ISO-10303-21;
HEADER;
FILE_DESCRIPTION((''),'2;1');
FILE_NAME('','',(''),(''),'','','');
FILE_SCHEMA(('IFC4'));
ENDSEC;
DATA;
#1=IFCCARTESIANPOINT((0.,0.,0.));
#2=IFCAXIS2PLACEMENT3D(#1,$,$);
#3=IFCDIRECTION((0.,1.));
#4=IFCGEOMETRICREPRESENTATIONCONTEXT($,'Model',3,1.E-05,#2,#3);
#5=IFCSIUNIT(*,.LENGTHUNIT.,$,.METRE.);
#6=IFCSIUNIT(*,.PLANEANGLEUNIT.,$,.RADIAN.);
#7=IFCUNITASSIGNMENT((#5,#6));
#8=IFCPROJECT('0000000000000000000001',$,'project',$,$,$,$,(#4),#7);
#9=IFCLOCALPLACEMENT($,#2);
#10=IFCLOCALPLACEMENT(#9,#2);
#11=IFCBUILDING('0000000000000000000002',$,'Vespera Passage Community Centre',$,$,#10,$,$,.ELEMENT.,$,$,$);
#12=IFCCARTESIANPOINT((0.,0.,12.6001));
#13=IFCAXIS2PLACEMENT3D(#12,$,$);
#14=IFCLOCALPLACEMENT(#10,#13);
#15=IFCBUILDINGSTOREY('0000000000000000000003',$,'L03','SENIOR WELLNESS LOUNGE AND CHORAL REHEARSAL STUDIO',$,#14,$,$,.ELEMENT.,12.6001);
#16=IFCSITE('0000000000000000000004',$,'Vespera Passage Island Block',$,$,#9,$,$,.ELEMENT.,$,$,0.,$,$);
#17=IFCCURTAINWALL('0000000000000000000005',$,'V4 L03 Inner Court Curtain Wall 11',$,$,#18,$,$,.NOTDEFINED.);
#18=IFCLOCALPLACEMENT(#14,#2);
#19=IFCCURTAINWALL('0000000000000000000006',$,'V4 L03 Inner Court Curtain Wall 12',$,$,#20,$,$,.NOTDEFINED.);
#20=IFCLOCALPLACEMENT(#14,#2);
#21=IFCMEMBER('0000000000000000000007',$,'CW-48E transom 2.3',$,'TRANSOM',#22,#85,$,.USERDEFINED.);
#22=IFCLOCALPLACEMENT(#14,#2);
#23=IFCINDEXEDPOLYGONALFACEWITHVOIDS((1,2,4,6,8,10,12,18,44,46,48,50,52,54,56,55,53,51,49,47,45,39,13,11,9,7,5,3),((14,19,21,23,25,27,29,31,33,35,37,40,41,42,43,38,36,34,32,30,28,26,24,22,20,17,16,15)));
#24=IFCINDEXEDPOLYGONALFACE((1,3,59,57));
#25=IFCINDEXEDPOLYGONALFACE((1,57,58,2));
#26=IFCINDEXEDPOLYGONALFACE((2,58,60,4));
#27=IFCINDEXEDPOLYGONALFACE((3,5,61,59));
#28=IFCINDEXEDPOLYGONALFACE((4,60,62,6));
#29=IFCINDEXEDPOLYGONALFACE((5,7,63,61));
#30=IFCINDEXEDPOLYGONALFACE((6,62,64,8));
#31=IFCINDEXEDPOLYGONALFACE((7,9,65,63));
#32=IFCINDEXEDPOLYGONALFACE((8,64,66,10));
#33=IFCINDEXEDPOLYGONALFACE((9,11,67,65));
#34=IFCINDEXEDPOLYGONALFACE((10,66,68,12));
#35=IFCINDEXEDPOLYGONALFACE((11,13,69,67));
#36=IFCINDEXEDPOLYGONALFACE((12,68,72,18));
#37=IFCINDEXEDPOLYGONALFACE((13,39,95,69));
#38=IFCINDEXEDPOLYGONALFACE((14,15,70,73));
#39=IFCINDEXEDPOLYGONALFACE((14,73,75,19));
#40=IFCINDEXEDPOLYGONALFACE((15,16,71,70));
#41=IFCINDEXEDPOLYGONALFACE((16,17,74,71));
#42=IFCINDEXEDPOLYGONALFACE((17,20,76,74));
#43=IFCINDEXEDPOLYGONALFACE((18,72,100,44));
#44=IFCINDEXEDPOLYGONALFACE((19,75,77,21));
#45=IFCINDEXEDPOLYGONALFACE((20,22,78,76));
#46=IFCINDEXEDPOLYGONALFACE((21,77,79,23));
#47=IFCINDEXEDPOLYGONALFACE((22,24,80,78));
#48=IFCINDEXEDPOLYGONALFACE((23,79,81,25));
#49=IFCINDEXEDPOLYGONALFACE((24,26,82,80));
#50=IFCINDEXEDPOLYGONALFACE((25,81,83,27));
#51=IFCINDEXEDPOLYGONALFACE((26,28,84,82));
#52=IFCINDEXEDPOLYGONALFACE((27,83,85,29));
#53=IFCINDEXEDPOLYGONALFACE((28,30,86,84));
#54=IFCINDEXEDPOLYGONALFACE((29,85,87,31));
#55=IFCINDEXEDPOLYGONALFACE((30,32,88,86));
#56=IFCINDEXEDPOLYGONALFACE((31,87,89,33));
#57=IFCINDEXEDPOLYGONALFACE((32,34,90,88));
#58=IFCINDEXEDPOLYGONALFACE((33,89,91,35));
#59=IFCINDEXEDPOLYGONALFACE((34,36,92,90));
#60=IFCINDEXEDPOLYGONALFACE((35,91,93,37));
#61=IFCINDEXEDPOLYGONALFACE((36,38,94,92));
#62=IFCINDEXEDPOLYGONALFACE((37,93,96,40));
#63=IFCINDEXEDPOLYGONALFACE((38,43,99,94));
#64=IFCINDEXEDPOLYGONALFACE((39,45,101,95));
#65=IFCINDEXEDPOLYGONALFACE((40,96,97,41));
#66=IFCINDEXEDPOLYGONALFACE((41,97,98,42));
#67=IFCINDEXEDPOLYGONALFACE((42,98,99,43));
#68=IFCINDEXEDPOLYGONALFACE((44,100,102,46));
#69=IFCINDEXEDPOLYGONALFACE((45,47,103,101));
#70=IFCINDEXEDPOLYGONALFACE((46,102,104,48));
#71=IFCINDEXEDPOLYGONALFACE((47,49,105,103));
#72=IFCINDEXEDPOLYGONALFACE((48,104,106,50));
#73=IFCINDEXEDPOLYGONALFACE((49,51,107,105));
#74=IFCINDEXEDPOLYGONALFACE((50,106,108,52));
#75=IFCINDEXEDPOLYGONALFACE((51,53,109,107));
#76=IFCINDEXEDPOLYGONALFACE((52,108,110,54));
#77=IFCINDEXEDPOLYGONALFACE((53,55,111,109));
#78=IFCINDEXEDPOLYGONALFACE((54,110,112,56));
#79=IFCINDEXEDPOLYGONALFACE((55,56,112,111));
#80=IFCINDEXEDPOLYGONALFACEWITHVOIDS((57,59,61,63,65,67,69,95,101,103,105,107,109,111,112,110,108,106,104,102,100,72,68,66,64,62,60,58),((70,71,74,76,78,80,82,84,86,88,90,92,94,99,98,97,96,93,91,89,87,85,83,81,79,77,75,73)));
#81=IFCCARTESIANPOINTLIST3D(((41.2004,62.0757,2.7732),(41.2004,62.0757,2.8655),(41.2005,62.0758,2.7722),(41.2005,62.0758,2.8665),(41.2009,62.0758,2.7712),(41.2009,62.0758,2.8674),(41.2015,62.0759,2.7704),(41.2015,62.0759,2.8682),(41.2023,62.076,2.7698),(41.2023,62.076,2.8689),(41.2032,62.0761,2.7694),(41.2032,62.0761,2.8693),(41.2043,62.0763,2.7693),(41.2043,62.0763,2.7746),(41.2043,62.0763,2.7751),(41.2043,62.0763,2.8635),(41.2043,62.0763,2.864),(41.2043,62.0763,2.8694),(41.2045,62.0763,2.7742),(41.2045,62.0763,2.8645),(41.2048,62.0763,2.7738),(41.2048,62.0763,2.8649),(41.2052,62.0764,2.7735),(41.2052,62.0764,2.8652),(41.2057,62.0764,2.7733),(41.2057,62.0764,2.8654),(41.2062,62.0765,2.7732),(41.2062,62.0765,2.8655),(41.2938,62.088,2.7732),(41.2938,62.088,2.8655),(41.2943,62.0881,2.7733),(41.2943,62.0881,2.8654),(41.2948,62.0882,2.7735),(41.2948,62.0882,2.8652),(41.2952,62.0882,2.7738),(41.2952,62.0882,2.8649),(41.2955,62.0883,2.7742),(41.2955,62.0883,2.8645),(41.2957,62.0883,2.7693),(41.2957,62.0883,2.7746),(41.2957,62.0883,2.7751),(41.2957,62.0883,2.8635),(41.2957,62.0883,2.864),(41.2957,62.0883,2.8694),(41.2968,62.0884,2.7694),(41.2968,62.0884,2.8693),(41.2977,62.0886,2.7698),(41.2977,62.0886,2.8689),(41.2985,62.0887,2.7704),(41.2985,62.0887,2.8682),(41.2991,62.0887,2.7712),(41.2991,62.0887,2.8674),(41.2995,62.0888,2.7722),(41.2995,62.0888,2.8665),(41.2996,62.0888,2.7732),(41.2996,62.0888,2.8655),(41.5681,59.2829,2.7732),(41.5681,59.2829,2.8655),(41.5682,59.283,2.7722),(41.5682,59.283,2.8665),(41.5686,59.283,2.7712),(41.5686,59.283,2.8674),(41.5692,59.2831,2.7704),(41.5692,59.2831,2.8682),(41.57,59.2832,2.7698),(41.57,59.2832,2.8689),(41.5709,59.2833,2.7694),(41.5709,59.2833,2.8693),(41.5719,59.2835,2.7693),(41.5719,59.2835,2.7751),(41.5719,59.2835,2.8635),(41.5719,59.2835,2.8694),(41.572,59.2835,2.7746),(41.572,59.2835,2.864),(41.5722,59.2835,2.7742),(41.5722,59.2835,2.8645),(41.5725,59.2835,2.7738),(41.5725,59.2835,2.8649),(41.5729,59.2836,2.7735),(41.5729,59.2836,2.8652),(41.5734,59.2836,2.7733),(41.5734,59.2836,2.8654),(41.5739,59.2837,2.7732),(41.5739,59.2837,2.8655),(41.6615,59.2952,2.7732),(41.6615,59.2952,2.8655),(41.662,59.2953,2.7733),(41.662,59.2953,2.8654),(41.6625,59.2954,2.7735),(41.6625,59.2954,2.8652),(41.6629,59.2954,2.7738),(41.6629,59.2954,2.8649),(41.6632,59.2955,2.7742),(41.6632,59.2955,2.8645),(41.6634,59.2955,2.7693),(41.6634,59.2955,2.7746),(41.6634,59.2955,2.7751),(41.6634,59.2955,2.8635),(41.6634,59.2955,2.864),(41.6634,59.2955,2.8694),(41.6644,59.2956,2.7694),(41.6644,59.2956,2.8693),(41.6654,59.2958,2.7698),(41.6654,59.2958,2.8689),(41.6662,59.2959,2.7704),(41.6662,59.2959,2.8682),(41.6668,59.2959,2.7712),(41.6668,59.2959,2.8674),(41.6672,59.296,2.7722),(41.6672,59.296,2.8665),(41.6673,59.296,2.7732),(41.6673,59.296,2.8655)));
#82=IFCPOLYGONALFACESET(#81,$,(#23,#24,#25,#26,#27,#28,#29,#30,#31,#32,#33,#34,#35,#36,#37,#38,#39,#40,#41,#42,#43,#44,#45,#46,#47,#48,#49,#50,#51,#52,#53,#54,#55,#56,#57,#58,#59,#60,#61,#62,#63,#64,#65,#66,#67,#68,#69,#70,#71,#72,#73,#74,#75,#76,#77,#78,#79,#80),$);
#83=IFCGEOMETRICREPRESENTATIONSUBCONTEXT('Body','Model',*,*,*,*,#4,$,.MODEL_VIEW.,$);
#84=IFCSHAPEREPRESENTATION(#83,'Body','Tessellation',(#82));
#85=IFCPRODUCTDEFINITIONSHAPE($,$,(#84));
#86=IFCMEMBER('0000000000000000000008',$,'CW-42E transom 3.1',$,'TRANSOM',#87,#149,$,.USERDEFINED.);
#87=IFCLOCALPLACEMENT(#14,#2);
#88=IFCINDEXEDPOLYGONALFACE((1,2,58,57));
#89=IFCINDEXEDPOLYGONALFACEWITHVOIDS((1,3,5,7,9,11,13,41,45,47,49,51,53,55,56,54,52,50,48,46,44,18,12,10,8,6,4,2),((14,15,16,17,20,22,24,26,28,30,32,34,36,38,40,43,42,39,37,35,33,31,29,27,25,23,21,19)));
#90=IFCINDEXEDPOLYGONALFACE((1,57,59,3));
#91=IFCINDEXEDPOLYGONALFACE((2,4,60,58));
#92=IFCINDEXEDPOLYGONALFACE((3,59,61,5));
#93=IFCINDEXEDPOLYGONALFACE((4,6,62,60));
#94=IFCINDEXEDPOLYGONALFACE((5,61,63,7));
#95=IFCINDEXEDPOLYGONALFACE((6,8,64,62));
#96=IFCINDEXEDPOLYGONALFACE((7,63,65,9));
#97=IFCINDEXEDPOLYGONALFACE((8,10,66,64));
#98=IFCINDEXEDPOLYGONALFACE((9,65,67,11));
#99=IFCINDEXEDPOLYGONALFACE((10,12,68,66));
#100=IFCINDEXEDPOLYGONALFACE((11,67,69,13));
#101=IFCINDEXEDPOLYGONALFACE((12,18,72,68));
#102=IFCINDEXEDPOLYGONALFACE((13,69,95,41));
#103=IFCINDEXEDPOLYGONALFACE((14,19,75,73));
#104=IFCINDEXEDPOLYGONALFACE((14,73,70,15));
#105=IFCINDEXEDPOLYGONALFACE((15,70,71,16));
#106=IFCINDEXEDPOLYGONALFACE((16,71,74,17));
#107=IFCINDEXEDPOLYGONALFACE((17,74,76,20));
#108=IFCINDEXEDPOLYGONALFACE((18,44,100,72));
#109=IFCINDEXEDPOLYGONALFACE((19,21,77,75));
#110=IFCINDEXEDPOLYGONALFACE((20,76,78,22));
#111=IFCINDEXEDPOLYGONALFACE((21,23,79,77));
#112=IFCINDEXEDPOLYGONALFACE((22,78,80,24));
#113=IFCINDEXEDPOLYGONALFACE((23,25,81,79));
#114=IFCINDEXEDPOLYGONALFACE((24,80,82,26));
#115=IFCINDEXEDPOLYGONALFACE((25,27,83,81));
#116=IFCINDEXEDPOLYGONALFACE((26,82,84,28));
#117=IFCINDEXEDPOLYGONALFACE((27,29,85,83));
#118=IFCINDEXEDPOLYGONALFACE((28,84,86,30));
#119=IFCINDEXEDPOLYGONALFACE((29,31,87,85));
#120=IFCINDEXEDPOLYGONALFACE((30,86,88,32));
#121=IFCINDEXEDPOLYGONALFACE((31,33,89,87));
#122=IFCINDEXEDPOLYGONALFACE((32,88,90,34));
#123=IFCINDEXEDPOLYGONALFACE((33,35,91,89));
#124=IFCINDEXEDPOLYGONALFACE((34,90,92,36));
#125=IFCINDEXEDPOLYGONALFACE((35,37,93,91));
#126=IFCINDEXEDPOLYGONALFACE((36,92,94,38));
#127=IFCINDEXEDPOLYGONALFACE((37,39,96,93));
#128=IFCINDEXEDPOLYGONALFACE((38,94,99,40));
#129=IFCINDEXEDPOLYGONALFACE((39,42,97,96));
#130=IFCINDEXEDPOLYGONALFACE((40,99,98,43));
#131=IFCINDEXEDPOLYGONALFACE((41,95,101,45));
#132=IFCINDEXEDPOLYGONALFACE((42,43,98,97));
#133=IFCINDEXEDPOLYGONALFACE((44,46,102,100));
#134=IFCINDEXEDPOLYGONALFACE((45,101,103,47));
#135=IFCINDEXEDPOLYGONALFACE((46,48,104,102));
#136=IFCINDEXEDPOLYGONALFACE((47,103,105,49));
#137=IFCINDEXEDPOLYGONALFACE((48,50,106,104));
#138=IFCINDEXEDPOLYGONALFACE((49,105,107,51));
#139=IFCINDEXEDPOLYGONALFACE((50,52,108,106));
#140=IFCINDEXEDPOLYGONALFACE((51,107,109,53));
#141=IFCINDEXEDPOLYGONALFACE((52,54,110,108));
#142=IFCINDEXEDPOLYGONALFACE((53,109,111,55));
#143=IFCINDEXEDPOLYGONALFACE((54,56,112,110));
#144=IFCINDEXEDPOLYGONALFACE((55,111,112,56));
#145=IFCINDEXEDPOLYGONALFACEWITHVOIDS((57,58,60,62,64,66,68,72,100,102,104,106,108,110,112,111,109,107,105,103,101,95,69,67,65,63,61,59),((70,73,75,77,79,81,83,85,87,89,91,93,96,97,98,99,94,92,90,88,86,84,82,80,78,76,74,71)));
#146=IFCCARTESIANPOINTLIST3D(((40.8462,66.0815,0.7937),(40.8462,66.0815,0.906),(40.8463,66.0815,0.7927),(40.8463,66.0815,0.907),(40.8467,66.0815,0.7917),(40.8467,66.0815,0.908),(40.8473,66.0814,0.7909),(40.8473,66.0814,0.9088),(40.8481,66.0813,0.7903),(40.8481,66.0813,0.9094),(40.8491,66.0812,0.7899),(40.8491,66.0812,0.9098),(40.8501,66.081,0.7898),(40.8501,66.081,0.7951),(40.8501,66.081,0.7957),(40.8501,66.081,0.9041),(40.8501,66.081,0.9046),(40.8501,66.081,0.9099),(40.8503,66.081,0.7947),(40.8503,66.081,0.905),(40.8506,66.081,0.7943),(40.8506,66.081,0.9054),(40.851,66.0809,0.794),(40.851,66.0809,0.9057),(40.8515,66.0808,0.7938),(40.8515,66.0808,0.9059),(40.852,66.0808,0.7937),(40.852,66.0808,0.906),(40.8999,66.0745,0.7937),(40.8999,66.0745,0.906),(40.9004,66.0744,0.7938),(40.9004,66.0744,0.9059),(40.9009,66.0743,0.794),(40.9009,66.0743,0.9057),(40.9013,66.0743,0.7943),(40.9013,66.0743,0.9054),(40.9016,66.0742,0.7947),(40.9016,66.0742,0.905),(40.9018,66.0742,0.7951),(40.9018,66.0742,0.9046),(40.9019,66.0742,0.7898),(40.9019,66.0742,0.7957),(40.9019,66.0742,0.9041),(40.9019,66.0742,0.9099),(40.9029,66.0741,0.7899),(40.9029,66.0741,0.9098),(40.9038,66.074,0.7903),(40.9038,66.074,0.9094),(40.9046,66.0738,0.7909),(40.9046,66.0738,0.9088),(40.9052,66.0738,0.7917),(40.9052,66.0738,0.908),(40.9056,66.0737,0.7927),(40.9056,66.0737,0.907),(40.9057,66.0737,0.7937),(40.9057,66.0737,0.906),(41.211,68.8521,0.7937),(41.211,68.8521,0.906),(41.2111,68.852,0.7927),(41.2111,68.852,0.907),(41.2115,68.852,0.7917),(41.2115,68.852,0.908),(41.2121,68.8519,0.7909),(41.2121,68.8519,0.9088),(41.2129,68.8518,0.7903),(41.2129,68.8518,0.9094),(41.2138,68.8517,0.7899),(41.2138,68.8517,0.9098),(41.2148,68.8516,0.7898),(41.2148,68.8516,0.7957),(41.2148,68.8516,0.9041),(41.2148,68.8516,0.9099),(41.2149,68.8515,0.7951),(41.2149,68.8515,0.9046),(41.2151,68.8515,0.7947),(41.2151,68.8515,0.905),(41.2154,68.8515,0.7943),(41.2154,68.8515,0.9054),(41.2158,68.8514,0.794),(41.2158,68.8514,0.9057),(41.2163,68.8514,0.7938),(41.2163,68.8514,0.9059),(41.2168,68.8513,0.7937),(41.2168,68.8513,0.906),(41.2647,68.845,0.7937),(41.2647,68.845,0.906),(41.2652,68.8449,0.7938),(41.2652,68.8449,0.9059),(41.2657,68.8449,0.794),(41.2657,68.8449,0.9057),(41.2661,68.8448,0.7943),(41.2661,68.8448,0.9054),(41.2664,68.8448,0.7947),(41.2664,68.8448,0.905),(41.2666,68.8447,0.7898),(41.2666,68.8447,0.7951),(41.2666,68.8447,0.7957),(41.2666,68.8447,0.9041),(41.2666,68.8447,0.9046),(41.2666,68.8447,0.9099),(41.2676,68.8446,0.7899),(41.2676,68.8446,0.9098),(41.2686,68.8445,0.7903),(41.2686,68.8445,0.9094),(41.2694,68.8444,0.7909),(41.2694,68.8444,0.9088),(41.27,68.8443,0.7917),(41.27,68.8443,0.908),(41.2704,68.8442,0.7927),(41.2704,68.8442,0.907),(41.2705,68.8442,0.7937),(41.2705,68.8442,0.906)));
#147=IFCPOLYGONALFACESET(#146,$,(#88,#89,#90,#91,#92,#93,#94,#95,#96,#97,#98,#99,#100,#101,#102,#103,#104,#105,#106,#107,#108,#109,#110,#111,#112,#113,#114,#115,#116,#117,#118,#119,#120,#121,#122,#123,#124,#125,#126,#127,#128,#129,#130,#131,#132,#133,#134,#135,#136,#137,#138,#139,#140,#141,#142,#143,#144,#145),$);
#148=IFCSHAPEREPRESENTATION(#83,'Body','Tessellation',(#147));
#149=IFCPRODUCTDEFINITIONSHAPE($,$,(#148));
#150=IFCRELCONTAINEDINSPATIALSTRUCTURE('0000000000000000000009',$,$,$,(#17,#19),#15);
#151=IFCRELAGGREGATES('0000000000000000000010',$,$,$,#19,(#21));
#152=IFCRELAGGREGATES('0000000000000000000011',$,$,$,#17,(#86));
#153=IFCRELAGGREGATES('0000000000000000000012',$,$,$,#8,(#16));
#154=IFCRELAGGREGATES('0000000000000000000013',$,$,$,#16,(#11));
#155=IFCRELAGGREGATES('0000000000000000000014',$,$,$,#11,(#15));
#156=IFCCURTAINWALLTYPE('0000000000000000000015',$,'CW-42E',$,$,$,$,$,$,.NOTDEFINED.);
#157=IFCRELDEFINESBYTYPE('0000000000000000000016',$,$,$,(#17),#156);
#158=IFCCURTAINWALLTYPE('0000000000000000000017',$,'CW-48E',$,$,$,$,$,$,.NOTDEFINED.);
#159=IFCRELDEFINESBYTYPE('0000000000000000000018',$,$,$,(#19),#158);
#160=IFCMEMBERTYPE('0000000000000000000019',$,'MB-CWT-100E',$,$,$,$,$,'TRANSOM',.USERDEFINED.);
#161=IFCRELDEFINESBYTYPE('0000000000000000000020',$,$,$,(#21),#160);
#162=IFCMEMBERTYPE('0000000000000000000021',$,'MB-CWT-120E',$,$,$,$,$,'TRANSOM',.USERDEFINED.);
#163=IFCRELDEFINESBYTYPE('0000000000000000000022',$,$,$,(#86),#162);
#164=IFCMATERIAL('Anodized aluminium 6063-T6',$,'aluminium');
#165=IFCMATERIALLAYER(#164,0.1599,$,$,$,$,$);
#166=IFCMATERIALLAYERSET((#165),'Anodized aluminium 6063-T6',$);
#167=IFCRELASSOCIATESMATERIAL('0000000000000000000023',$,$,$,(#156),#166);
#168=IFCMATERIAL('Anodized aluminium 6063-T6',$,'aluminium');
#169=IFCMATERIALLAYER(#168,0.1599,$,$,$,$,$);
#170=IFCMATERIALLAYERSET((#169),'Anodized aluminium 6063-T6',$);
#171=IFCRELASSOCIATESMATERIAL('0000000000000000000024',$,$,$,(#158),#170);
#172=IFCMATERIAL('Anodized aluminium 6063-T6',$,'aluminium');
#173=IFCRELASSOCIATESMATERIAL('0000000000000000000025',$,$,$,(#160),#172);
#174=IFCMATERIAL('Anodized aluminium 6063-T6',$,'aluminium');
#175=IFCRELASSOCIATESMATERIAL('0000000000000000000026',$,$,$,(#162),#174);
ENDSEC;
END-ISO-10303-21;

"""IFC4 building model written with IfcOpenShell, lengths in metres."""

from ifc_helpers import new_model, si_unit, direction, frame, origin, origin_2d, place, context, subcontext, project, spatial, hollow_rectangle, extrude, material, layer, layer_set, material_profile, profile_set, type_object, element, aggregate, save


model = new_model("IFC4")

# Units and contexts
model_context = context("Model", 3, precision=1e-05, world=origin(), true_north=direction((0.0, 1.0)))
body_context = subcontext(model_context, "Body", "Model", "MODEL_VIEW")
ifc_project = project(units=[si_unit("LENGTHUNIT", "METRE"), si_unit("PLANEANGLEUNIT", "RADIAN")], contexts=[model_context])

# Site, building, storey
site_placement = place(None, origin())
site = spatial("IfcSite", under=ifc_project, at=site_placement, Name="Vespera Passage Island Block", CompositionType="ELEMENT", RefElevation=0.0)
building_placement = place(site_placement, origin())
building = spatial("IfcBuilding", under=site, at=building_placement, Name="Vespera Passage Community Centre", CompositionType="ELEMENT")
storey_placement = place(building_placement, frame((0.0, 0.0, 12.6001)))
storey = spatial("IfcBuildingStorey", under=building, at=storey_placement, Name="L03", Description="SENIOR WELLNESS LOUNGE AND CHORAL REHEARSAL STUDIO", CompositionType="ELEMENT", Elevation=12.6001)

# Curtain walls, member
ifc_material_1 = material(Name="Anodized aluminium 6063-T6", Category="aluminium")
ifc_layer_1 = layer(ifc_material_1, 0.1599)
ifc_layer_set_1 = layer_set([ifc_layer_1], Name="Anodized aluminium 6063-T6")
curtain_wall_type_1 = type_object("IfcCurtainWallType", Name="CW-42E", PredefinedType="NOTDEFINED", material=ifc_layer_set_1)
curtain_wall_1_placement = place(storey_placement, origin())
curtain_wall_1 = element("IfcCurtainWall", 1, at=curtain_wall_1_placement, inside=storey, type_object=curtain_wall_type_1, Name="V4 L03 Inner Court Curtain Wall 11", PredefinedType="NOTDEFINED")
ifc_material_2 = material(Name="Anodized aluminium 6063-T6", Category="aluminium")
ifc_layer_2 = layer(ifc_material_2, 0.1599)
ifc_layer_set_2 = layer_set([ifc_layer_2], Name="Anodized aluminium 6063-T6")
curtain_wall_type_2 = type_object("IfcCurtainWallType", Name="CW-48E", PredefinedType="NOTDEFINED", material=ifc_layer_set_2)
curtain_wall_2_placement = place(storey_placement, origin())
curtain_wall_2 = element("IfcCurtainWall", 2, at=curtain_wall_2_placement, inside=storey, type_object=curtain_wall_type_2, Name="V4 L03 Inner Court Curtain Wall 12", PredefinedType="NOTDEFINED")
ifc_material_3 = material(Name="Anodized aluminium 6063-T6", Category="aluminium")
ifc_material_profile_1 = material_profile(ifc_material_3, hollow_rectangle(XDim=0.1001, YDim=0.1001, WallThickness=0.0039, InnerFilletRadius=0.002, OuterFilletRadius=0.0039, at=origin_2d()), Name="ALU100X100X4")
ifc_profile_set_1 = profile_set([ifc_material_profile_1], Name="Anodized aluminium 6063-T6")
member_type_1 = type_object("IfcMemberType", Name="MB-CWT-100E", ElementType="TRANSOM", PredefinedType="USERDEFINED", material=ifc_profile_set_1)
member_1_placement = place(storey_placement, frame((41.25, 62.0823, 2.8193), z_axis=(0.130528, -0.991445, 0.0), x_axis=(0.991445, 0.130528, 0.0)))
member_1 = element("IfcMember", 3, at=member_1_placement, type_object=member_type_1, Name="CW-48E transom 2.3", ObjectType="TRANSOM", PredefinedType="USERDEFINED", context=body_context, shape_type="SweptSolid", body=[
    extrude(hollow_rectangle(XDim=0.1001, YDim=0.1001, WallThickness=0.0039, InnerFilletRadius=0.002, OuterFilletRadius=0.0039, at=origin_2d()), origin(), (0.0, 0.0, 1.0), 2.8169),
])

# Member
ifc_material_4 = material(Name="Anodized aluminium 6063-T6", Category="aluminium")
ifc_material_profile_2 = material_profile(ifc_material_4, hollow_rectangle(XDim=0.0601, YDim=0.1201, WallThickness=0.0039, InnerFilletRadius=0.002, OuterFilletRadius=0.0039, at=origin_2d()), Name="ALU120X60X4")
ifc_profile_set_2 = profile_set([ifc_material_profile_2], Name="Anodized aluminium 6063-T6")
member_type_2 = type_object("IfcMemberType", Name="MB-CWT-120E", ElementType="TRANSOM", PredefinedType="USERDEFINED", material=ifc_profile_set_2)
member_2_placement = place(storey_placement, frame((41.2407, 68.8481, 0.8499), z_axis=(-0.130527, -0.991445, 0.0), x_axis=(0.991445, -0.130527, 0.0)))
member_2 = element("IfcMember", 4, at=member_2_placement, type_object=member_type_2, Name="CW-42E transom 3.1", ObjectType="TRANSOM", PredefinedType="USERDEFINED", context=body_context, shape_type="SweptSolid", body=[
    extrude(hollow_rectangle(XDim=0.0601, YDim=0.1201, WallThickness=0.0039, InnerFilletRadius=0.002, OuterFilletRadius=0.0039, at=origin_2d()), origin(), (0.0, 0.0, 1.0), 2.7944),
])

aggregate(curtain_wall_2, [member_1])
aggregate(curtain_wall_1, [member_2])

save(model, "model.ifc")
